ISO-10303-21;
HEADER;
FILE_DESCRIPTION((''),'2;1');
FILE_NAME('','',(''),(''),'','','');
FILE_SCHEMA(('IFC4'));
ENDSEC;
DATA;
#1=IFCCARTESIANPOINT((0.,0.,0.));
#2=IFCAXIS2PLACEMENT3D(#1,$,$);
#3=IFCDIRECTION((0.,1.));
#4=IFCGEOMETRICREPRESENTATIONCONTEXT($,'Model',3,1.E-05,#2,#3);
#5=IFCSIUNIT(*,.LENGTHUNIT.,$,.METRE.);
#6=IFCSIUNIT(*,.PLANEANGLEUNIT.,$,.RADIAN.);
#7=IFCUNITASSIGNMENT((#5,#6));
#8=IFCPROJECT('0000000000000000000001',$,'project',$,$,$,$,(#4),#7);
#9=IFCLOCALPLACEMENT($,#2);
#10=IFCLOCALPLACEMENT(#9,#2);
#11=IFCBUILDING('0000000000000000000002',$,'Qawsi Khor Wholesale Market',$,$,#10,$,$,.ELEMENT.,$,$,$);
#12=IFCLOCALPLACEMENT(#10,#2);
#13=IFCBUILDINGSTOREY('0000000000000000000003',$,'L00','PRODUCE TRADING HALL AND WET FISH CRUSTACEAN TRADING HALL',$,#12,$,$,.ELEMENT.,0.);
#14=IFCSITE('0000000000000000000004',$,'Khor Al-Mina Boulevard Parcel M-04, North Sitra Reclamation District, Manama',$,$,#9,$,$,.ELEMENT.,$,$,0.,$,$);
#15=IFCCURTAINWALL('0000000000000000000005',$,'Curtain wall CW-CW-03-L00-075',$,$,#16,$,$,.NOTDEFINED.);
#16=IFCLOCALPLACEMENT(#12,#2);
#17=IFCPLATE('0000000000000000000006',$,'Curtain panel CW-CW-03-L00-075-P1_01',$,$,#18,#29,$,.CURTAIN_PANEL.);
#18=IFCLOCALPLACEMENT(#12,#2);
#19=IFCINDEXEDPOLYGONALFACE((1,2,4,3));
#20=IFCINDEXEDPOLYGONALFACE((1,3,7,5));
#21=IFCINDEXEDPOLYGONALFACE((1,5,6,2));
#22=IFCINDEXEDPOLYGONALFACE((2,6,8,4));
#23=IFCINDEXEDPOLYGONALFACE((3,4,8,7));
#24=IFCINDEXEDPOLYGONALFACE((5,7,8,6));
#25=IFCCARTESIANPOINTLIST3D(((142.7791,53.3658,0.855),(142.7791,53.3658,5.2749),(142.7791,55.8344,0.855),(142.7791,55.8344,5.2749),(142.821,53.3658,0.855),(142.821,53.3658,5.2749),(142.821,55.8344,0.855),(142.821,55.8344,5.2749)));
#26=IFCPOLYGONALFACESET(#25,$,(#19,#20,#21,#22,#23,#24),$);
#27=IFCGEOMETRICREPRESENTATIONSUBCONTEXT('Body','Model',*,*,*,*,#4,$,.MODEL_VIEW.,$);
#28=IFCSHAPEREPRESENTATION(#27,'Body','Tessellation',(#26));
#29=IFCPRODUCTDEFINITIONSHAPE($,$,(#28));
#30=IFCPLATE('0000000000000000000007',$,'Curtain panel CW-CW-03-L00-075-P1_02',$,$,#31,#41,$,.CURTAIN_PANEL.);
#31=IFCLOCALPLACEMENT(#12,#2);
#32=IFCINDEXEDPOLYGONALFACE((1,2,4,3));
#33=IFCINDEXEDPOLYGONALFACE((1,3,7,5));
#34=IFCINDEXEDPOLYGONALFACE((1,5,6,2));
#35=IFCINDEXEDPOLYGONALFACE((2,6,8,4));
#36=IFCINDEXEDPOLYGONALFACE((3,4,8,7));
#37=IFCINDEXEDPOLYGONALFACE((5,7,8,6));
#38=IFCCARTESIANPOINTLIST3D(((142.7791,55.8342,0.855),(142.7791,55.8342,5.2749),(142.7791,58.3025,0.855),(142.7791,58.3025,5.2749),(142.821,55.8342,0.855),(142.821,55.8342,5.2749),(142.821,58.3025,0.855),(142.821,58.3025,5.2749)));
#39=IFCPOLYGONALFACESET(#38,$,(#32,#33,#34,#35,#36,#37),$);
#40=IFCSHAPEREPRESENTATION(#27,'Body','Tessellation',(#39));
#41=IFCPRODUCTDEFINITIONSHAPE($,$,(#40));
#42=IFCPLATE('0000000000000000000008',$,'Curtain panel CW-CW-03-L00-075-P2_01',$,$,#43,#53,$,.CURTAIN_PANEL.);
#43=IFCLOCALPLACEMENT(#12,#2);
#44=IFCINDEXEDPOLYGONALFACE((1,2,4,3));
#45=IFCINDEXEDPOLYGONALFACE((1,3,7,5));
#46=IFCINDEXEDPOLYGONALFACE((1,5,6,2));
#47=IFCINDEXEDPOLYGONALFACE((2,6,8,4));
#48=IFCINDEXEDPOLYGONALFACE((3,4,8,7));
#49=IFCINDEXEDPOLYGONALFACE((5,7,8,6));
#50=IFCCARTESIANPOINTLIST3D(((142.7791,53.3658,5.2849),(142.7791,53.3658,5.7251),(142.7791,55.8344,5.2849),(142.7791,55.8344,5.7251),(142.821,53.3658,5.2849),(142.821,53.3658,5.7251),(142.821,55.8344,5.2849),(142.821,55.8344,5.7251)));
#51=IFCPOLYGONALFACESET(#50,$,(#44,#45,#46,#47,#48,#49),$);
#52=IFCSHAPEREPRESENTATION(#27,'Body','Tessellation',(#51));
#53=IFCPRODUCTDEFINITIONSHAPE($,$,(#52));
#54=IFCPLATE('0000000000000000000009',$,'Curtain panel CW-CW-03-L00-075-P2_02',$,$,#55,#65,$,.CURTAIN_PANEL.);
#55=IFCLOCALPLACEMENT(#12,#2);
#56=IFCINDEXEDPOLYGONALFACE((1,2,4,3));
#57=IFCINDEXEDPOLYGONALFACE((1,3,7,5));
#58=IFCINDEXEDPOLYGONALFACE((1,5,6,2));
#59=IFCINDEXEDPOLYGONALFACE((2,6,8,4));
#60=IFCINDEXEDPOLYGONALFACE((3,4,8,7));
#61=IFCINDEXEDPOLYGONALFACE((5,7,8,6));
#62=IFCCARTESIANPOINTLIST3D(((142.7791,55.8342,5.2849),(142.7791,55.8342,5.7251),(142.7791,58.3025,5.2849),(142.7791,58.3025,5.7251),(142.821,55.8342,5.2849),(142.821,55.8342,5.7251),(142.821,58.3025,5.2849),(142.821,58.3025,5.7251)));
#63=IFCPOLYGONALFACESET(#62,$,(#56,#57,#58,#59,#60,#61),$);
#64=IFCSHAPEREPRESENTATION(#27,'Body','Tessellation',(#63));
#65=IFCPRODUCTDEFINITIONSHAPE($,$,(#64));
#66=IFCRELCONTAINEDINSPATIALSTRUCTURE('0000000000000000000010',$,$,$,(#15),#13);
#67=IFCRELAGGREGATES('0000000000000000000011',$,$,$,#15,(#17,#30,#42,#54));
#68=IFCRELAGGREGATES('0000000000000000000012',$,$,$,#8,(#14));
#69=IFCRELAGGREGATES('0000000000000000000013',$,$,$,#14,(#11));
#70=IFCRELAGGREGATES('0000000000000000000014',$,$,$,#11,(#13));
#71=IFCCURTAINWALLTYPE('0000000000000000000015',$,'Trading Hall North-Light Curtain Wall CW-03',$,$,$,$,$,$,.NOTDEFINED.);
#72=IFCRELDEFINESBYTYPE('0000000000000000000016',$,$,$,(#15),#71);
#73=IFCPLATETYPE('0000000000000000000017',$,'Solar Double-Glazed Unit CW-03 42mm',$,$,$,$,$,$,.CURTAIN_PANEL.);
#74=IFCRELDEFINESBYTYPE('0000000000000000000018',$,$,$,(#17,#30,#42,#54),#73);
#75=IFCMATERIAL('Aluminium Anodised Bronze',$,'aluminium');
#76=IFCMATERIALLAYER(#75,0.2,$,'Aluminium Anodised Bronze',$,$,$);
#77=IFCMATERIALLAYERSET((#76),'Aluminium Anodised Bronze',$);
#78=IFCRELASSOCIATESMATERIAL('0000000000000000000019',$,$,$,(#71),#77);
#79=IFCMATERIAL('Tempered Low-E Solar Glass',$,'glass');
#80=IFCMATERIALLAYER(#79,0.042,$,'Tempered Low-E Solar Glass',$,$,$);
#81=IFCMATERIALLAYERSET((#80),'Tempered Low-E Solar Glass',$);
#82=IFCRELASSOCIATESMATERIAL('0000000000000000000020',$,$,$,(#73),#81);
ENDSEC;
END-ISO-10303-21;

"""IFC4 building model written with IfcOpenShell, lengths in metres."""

from ifc_helpers import new_model, si_unit, direction, frame, frame_2d, origin, place, context, subcontext, project, spatial, rectangle, extrude, material, layer, layer_set, type_object, element, aggregate, save


model = new_model("IFC4")

# Units and contexts
model_context = context("Model", 3, precision=1e-05, world=origin(), true_north=direction((0.0, 1.0)))
body_context = subcontext(model_context, "Body", "Model", "MODEL_VIEW")
ifc_project = project(units=[si_unit("LENGTHUNIT", "METRE"), si_unit("PLANEANGLEUNIT", "RADIAN")], contexts=[model_context])

# Site, building, storey
site_placement = place(None, origin())
site = spatial("IfcSite", under=ifc_project, at=site_placement, Name="Khor Al-Mina Boulevard Parcel M-04, North Sitra Reclamation District, Manama", CompositionType="ELEMENT", RefElevation=0.0)
building_placement = place(site_placement, origin())
building = spatial("IfcBuilding", under=site, at=building_placement, Name="Qawsi Khor Wholesale Market", CompositionType="ELEMENT")
storey_placement = place(building_placement, origin())
storey = spatial("IfcBuildingStorey", under=building, at=storey_placement, Name="L00", Description="PRODUCE TRADING HALL AND WET FISH CRUSTACEAN TRADING HALL", CompositionType="ELEMENT", Elevation=0.0)

# Curtain wall, plates
ifc_material_1 = material(Name="Aluminium Anodised Bronze", Category="aluminium")
ifc_layer_1 = layer(ifc_material_1, 0.2, Name="Aluminium Anodised Bronze")
ifc_layer_set_1 = layer_set([ifc_layer_1], Name="Aluminium Anodised Bronze")
curtain_wall_type = type_object("IfcCurtainWallType", Name="Trading Hall North-Light Curtain Wall CW-03", PredefinedType="NOTDEFINED", material=ifc_layer_set_1)
curtain_wall_placement = place(storey_placement, origin())
curtain_wall = element("IfcCurtainWall", 1, at=curtain_wall_placement, inside=storey, type_object=curtain_wall_type, Name="Curtain wall CW-CW-03-L00-075", PredefinedType="NOTDEFINED")
ifc_material_2 = material(Name="Tempered Low-E Solar Glass", Category="glass")
ifc_layer_2 = layer(ifc_material_2, 0.042, Name="Tempered Low-E Solar Glass")
ifc_layer_set_2 = layer_set([ifc_layer_2], Name="Tempered Low-E Solar Glass")
plate_type_1 = type_object("IfcPlateType", Name="Solar Double-Glazed Unit CW-03 42mm", PredefinedType="CURTAIN_PANEL", material=ifc_layer_set_2)
plate_1_placement = place(storey_placement, frame((142.8, 53.3657, 0.855), z_axis=(0.0, 0.0, 1.0), x_axis=(0.0, 1.0, 0.0)))
plate_1 = element("IfcPlate", 2, at=plate_1_placement, type_object=plate_type_1, Name="Curtain panel CW-CW-03-L00-075-P1_01", PredefinedType="CURTAIN_PANEL", context=body_context, shape_type="SweptSolid", body=[
    extrude(rectangle(XDim=2.4685, YDim=0.042, at=frame_2d((1.2344, 0.0))), origin(), (0.0, 0.0, 1.0), 4.4199),
])
plate_2_placement = place(storey_placement, frame((142.8, 55.8342, 0.855), z_axis=(0.0, 0.0, 1.0), x_axis=(0.0, 1.0, 0.0)))
plate_2 = element("IfcPlate", 3, at=plate_2_placement, type_object=plate_type_1, Name="Curtain panel CW-CW-03-L00-075-P1_02", PredefinedType="CURTAIN_PANEL", context=body_context, shape_type="SweptSolid", body=[
    extrude(rectangle(XDim=2.4683, YDim=0.042, at=frame_2d((1.2341, 0.0))), origin(), (0.0, 0.0, 1.0), 4.4199),
])
plate_3_placement = place(storey_placement, frame((142.8, 53.3657, 5.2849), z_axis=(0.0, 0.0, 1.0), x_axis=(0.0, 1.0, 0.0)))
plate_3 = element("IfcPlate", 4, at=plate_3_placement, type_object=plate_type_1, Name="Curtain panel CW-CW-03-L00-075-P2_01", PredefinedType="CURTAIN_PANEL", context=body_context, shape_type="SweptSolid", body=[
    extrude(rectangle(XDim=2.4685, YDim=0.042, at=frame_2d((1.2344, 0.0))), origin(), (0.0, 0.0, 1.0), 0.4402),
])
plate_4_placement = place(storey_placement, frame((142.8, 55.8342, 5.2849), z_axis=(0.0, 0.0, 1.0), x_axis=(0.0, 1.0, 0.0)))
plate_4 = element("IfcPlate", 5, at=plate_4_placement, type_object=plate_type_1, Name="Curtain panel CW-CW-03-L00-075-P2_02", PredefinedType="CURTAIN_PANEL", context=body_context, shape_type="SweptSolid", body=[
    extrude(rectangle(XDim=2.4683, YDim=0.042, at=frame_2d((1.2341, 0.0))), origin(), (0.0, 0.0, 1.0), 0.4402),
])
aggregate(curtain_wall, [plate_1, plate_2, plate_3, plate_4])

save(model, "model.ifc")
